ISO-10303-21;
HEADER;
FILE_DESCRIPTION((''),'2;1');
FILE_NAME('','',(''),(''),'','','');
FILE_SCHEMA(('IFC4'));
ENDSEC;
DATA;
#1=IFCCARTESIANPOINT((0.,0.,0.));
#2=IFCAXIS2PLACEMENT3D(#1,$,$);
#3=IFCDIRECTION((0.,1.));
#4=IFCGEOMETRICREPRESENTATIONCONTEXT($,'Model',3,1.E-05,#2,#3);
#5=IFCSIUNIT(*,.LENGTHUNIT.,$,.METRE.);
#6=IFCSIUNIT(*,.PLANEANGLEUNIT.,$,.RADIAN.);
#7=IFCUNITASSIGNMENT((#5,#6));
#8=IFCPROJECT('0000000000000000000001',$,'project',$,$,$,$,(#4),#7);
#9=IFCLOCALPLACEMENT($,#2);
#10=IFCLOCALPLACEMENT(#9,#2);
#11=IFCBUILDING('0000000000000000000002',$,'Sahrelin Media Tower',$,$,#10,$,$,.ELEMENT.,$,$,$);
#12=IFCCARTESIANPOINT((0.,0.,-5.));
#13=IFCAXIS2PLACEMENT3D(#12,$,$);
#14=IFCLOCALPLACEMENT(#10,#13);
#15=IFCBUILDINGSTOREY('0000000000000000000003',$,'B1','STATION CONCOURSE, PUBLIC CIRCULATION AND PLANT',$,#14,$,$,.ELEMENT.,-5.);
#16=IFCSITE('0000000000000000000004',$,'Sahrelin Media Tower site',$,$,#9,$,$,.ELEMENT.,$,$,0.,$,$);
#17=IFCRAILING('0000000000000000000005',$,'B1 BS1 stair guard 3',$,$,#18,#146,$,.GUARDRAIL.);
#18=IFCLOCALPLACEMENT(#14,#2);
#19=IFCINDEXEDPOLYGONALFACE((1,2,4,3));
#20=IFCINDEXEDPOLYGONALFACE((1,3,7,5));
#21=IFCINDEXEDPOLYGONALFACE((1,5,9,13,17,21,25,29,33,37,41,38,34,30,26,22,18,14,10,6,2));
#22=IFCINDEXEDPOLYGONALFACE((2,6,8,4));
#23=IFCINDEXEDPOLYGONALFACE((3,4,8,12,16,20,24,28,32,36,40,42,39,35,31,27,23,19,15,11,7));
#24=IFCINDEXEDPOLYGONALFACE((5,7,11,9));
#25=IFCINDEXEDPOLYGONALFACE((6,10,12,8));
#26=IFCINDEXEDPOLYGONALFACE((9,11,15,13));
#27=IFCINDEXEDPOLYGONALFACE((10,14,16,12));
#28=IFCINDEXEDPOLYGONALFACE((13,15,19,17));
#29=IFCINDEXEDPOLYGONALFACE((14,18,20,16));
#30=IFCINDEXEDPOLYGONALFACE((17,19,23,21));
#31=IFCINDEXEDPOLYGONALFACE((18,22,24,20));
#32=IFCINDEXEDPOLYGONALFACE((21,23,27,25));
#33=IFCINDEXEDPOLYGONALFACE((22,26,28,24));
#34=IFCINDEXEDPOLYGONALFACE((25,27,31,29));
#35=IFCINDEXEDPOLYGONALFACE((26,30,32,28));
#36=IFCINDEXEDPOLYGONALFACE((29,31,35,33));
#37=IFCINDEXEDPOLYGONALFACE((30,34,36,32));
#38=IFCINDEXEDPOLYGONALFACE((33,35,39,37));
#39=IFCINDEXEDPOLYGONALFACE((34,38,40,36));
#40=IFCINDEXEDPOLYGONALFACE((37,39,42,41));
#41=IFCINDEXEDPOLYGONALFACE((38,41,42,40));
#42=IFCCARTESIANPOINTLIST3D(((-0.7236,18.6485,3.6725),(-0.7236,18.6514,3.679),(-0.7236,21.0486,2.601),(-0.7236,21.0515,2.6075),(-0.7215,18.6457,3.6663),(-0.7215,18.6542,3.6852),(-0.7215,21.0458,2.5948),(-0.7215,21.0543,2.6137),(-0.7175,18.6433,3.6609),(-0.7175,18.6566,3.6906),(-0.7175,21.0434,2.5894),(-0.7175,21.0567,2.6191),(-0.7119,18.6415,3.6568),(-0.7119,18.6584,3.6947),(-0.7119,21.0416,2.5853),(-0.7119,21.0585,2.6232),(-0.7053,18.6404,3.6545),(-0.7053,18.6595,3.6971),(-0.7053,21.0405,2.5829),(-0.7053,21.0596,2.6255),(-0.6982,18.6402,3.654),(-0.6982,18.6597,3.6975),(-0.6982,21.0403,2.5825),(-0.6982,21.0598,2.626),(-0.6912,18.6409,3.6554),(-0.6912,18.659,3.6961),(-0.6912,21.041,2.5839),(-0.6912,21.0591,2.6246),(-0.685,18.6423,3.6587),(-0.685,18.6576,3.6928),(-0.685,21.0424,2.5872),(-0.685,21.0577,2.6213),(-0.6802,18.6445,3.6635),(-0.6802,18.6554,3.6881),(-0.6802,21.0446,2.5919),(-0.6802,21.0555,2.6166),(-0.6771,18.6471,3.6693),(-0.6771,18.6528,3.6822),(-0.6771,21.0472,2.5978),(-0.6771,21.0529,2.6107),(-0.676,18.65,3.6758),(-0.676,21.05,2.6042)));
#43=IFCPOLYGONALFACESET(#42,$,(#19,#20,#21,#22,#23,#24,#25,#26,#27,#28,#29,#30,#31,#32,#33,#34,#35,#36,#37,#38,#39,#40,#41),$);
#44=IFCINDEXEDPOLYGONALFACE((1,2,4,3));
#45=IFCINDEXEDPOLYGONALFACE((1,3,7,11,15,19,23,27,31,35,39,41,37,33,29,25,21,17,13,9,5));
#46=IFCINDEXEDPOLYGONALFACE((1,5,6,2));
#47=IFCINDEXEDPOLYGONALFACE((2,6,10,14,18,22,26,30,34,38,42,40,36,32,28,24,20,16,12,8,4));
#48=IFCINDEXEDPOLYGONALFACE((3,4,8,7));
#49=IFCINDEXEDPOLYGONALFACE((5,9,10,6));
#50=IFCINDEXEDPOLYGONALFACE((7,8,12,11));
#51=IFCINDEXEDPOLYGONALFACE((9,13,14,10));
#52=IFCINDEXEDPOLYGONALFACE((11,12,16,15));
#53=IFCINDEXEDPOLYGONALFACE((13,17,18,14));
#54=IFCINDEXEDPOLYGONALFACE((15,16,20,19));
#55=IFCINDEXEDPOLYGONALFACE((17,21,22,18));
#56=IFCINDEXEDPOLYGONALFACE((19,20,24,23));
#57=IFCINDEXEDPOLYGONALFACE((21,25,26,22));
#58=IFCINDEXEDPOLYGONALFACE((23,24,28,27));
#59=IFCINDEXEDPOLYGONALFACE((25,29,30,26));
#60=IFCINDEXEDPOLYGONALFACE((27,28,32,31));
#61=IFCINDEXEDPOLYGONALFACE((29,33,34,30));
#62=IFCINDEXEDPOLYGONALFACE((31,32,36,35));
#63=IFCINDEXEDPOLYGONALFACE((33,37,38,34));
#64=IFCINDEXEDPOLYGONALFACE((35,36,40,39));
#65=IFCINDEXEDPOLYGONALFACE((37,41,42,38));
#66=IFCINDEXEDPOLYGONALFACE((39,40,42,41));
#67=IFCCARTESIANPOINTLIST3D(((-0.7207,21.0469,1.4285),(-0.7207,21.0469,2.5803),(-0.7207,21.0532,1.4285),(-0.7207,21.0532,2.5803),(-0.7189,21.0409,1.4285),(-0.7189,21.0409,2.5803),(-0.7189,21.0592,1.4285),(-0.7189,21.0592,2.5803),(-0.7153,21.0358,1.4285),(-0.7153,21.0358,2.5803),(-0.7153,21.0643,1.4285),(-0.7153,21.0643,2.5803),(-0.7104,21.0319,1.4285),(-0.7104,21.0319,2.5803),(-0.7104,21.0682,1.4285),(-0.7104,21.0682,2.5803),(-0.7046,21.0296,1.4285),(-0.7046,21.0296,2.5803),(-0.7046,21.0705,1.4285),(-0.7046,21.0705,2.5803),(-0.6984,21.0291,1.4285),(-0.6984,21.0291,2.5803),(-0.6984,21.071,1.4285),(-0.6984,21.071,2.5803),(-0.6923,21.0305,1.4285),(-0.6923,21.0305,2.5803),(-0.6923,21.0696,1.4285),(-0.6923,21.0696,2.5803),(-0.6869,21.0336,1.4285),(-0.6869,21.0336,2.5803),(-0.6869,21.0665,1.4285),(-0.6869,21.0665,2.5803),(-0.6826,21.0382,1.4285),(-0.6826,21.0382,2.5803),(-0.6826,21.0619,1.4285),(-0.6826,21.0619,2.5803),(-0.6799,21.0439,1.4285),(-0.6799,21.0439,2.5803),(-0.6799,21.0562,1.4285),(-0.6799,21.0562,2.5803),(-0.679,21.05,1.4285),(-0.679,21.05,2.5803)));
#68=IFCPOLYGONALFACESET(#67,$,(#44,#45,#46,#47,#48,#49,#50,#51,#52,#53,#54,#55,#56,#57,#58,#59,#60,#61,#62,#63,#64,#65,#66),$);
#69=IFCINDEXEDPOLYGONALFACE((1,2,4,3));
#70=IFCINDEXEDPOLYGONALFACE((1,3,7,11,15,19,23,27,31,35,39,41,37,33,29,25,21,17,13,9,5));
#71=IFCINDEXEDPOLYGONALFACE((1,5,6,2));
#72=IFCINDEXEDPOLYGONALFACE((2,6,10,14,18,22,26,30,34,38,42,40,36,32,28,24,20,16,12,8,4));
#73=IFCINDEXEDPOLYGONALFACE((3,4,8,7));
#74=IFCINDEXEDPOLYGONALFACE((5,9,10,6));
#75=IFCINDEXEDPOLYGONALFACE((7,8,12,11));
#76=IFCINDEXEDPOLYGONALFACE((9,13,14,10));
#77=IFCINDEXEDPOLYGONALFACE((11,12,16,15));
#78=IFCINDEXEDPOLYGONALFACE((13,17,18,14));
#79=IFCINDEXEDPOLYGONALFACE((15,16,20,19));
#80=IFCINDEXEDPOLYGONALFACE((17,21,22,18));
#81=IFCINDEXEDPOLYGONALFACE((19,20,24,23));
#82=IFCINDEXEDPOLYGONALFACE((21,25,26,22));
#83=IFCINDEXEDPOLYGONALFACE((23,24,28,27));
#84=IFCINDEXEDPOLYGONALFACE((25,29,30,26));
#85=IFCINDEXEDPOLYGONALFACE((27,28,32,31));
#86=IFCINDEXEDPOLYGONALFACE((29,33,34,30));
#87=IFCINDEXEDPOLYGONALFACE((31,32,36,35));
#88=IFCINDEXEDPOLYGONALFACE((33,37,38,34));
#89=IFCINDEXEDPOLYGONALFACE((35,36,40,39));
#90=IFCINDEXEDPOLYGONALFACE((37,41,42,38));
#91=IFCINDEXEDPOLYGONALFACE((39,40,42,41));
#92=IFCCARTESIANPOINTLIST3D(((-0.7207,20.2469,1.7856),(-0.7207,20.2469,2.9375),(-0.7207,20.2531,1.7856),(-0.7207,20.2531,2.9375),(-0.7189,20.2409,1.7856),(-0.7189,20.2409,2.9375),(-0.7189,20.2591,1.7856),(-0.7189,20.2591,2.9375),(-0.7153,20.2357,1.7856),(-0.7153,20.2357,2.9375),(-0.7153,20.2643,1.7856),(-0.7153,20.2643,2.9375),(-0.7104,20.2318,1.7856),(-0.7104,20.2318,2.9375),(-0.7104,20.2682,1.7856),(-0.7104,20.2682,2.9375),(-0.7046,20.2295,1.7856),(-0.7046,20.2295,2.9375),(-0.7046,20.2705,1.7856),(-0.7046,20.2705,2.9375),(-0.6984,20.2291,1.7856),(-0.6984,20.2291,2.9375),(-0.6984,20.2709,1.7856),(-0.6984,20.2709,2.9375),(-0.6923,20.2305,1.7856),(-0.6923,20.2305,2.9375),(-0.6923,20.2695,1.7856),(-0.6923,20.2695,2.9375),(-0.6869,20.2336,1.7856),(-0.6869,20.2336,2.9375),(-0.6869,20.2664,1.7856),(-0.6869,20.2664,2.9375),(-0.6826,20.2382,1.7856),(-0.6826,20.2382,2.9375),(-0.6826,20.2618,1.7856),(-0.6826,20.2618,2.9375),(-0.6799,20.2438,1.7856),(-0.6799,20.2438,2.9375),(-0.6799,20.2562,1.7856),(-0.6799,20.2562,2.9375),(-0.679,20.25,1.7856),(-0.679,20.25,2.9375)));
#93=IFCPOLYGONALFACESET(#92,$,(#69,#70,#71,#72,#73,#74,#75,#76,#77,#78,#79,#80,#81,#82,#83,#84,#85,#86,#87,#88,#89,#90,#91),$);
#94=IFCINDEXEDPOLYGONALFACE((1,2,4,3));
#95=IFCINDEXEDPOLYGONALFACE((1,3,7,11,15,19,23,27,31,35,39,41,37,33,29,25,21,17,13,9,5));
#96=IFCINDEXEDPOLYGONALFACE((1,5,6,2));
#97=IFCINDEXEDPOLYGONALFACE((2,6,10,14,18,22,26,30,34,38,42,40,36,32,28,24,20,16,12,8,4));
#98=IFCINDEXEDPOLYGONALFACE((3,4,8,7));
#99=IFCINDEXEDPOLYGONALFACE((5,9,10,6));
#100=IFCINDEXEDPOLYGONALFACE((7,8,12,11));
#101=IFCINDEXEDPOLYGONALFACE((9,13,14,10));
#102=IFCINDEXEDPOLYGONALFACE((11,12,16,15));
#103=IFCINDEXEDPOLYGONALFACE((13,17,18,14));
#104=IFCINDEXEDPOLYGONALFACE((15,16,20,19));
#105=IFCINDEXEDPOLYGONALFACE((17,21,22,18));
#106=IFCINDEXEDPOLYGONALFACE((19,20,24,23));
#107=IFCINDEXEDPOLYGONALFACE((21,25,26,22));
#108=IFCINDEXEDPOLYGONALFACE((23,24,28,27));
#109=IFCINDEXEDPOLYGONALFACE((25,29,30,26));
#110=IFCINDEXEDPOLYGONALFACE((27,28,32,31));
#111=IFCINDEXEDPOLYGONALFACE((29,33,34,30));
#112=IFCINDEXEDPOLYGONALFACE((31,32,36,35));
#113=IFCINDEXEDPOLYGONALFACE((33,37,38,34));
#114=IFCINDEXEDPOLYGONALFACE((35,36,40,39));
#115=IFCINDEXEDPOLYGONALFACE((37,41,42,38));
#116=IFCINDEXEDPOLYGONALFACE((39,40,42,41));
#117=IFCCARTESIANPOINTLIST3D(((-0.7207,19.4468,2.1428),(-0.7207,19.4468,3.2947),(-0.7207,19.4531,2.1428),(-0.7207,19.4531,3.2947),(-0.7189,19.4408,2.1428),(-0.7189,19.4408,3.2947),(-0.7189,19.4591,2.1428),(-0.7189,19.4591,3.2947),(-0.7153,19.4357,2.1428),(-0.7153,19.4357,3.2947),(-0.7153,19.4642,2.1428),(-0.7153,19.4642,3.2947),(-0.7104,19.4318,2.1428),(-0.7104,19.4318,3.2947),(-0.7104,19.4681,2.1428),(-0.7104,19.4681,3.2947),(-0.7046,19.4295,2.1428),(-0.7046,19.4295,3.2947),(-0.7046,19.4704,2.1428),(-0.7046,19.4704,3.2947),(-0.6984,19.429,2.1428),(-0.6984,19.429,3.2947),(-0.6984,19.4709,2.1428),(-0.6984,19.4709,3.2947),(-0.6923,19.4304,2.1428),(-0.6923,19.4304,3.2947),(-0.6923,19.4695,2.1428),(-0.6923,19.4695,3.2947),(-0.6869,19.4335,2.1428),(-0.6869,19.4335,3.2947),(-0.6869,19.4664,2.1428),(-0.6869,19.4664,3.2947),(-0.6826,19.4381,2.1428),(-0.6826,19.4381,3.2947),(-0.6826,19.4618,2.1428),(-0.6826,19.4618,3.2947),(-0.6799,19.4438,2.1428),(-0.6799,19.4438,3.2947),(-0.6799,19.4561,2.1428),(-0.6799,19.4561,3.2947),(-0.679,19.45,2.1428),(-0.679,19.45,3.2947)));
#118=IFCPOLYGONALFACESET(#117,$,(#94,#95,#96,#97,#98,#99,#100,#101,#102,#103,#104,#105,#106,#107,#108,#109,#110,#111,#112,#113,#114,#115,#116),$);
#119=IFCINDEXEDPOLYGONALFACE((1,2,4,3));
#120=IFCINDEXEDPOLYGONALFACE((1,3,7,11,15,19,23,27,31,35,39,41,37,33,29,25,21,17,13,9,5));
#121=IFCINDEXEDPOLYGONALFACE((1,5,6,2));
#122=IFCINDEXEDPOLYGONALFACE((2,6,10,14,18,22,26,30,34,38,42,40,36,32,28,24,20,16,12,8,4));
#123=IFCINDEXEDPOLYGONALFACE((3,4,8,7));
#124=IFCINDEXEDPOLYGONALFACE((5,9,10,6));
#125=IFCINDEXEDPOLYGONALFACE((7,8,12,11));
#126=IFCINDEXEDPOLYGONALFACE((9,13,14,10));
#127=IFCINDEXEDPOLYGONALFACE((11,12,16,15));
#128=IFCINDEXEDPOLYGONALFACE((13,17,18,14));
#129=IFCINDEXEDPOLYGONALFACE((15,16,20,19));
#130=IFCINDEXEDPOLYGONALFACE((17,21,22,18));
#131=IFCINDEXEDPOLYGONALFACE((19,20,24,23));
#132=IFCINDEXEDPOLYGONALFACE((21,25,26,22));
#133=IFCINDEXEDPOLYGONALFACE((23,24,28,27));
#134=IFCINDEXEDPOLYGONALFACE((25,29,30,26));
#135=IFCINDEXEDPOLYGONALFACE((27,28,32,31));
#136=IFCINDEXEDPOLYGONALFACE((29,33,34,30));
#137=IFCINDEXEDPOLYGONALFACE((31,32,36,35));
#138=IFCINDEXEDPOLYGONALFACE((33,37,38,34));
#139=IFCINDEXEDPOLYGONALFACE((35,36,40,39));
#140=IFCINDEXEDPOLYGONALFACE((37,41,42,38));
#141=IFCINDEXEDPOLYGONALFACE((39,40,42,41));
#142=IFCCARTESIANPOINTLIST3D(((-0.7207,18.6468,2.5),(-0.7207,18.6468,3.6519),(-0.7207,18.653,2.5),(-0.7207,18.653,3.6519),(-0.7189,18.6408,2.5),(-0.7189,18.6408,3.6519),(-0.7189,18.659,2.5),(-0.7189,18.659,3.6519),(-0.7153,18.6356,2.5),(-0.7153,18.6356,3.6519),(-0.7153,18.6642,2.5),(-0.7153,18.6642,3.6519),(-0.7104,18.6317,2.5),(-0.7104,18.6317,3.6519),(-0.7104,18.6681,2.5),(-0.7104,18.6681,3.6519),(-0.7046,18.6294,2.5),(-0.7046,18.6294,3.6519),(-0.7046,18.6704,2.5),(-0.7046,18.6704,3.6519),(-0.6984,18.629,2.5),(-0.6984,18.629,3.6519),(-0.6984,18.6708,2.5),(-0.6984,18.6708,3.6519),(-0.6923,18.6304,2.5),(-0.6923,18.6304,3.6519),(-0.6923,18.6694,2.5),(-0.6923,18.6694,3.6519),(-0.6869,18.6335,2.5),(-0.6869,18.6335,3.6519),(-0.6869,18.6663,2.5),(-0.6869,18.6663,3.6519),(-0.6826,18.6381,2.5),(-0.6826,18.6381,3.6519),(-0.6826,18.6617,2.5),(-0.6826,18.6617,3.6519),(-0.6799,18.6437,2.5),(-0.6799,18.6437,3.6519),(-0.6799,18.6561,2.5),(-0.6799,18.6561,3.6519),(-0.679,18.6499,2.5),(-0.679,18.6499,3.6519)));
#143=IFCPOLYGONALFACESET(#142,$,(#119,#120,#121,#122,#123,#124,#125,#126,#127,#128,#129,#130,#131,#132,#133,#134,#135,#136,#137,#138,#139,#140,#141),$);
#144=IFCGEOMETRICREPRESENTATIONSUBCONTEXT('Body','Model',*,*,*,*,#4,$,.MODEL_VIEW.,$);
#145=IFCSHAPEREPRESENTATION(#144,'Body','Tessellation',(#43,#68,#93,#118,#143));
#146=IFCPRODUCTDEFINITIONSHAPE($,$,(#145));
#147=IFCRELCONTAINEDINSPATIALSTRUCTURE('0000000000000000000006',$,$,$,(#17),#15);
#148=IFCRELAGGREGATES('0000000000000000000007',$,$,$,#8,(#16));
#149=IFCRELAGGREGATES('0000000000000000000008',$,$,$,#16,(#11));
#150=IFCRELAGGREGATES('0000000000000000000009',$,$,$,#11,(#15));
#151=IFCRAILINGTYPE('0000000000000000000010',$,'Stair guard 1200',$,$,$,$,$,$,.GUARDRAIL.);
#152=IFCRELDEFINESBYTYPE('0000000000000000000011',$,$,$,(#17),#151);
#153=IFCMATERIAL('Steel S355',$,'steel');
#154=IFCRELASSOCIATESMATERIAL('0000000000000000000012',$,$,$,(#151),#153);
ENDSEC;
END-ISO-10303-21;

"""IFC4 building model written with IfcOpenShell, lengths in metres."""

from ifc_helpers import new_model, si_unit, direction, frame, origin, origin_2d, place, context, subcontext, project, spatial, circle, extrude, material, type_object, element, save


model = new_model("IFC4")

# Units and contexts
model_context = context("Model", 3, precision=1e-05, world=origin(), true_north=direction((0.0, 1.0)))
body_context = subcontext(model_context, "Body", "Model", "MODEL_VIEW")
ifc_project = project(units=[si_unit("LENGTHUNIT", "METRE"), si_unit("PLANEANGLEUNIT", "RADIAN")], contexts=[model_context])

# Site, building, storey
site_placement = place(None, origin())
site = spatial("IfcSite", under=ifc_project, at=site_placement, Name="Sahrelin Media Tower site", CompositionType="ELEMENT", RefElevation=0.0)
building_placement = place(site_placement, origin())
building = spatial("IfcBuilding", under=site, at=building_placement, Name="Sahrelin Media Tower", CompositionType="ELEMENT")
storey_placement = place(building_placement, frame((0.0, 0.0, -5.0)))
storey = spatial("IfcBuildingStorey", under=building, at=storey_placement, Name="B1", Description="STATION CONCOURSE, PUBLIC CIRCULATION AND PLANT", CompositionType="ELEMENT", Elevation=-5.0)

# Railing
ifc_material_1 = material(Name="Steel S355", Category="steel")
railing_type_1 = type_object("IfcRailingType", Name="Stair guard 1200", PredefinedType="GUARDRAIL", material=ifc_material_1)
for number, where, name in (
    (1, (-0.7, 21.05, 1.4285), "B1 BS1 stair guard 3"),
):
    element("IfcRailing", number, at=place(storey_placement, frame(where)), inside=storey, type_object=railing_type_1, Name=name, PredefinedType="GUARDRAIL", context=body_context, shape_type="SweptSolid", body=[
        extrude(circle(Radius=0.0239, at=origin_2d()), frame((0.0, 0.0, 1.1758), z_axis=(0.0, -0.913132, 0.407663), x_axis=(1.0, 0.0, 0.0)), (0.0, 0.0, 1.0), 2.6284),
        extrude(circle(Radius=0.021, at=origin_2d()), origin(), (0.0, 0.0, 1.0), 1.1519),
        extrude(circle(Radius=0.021, at=origin_2d()), frame((0.0, -0.8, 0.3572)), (0.0, 0.0, 1.0), 1.1519),
        extrude(circle(Radius=0.021, at=origin_2d()), frame((0.0, -1.6001, 0.7144)), (0.0, 0.0, 1.0), 1.1519),
        extrude(circle(Radius=0.021, at=origin_2d()), frame((0.0, -2.4001, 1.0715)), (0.0, 0.0, 1.0), 1.1519),
    ])

save(model, "model.ifc")
